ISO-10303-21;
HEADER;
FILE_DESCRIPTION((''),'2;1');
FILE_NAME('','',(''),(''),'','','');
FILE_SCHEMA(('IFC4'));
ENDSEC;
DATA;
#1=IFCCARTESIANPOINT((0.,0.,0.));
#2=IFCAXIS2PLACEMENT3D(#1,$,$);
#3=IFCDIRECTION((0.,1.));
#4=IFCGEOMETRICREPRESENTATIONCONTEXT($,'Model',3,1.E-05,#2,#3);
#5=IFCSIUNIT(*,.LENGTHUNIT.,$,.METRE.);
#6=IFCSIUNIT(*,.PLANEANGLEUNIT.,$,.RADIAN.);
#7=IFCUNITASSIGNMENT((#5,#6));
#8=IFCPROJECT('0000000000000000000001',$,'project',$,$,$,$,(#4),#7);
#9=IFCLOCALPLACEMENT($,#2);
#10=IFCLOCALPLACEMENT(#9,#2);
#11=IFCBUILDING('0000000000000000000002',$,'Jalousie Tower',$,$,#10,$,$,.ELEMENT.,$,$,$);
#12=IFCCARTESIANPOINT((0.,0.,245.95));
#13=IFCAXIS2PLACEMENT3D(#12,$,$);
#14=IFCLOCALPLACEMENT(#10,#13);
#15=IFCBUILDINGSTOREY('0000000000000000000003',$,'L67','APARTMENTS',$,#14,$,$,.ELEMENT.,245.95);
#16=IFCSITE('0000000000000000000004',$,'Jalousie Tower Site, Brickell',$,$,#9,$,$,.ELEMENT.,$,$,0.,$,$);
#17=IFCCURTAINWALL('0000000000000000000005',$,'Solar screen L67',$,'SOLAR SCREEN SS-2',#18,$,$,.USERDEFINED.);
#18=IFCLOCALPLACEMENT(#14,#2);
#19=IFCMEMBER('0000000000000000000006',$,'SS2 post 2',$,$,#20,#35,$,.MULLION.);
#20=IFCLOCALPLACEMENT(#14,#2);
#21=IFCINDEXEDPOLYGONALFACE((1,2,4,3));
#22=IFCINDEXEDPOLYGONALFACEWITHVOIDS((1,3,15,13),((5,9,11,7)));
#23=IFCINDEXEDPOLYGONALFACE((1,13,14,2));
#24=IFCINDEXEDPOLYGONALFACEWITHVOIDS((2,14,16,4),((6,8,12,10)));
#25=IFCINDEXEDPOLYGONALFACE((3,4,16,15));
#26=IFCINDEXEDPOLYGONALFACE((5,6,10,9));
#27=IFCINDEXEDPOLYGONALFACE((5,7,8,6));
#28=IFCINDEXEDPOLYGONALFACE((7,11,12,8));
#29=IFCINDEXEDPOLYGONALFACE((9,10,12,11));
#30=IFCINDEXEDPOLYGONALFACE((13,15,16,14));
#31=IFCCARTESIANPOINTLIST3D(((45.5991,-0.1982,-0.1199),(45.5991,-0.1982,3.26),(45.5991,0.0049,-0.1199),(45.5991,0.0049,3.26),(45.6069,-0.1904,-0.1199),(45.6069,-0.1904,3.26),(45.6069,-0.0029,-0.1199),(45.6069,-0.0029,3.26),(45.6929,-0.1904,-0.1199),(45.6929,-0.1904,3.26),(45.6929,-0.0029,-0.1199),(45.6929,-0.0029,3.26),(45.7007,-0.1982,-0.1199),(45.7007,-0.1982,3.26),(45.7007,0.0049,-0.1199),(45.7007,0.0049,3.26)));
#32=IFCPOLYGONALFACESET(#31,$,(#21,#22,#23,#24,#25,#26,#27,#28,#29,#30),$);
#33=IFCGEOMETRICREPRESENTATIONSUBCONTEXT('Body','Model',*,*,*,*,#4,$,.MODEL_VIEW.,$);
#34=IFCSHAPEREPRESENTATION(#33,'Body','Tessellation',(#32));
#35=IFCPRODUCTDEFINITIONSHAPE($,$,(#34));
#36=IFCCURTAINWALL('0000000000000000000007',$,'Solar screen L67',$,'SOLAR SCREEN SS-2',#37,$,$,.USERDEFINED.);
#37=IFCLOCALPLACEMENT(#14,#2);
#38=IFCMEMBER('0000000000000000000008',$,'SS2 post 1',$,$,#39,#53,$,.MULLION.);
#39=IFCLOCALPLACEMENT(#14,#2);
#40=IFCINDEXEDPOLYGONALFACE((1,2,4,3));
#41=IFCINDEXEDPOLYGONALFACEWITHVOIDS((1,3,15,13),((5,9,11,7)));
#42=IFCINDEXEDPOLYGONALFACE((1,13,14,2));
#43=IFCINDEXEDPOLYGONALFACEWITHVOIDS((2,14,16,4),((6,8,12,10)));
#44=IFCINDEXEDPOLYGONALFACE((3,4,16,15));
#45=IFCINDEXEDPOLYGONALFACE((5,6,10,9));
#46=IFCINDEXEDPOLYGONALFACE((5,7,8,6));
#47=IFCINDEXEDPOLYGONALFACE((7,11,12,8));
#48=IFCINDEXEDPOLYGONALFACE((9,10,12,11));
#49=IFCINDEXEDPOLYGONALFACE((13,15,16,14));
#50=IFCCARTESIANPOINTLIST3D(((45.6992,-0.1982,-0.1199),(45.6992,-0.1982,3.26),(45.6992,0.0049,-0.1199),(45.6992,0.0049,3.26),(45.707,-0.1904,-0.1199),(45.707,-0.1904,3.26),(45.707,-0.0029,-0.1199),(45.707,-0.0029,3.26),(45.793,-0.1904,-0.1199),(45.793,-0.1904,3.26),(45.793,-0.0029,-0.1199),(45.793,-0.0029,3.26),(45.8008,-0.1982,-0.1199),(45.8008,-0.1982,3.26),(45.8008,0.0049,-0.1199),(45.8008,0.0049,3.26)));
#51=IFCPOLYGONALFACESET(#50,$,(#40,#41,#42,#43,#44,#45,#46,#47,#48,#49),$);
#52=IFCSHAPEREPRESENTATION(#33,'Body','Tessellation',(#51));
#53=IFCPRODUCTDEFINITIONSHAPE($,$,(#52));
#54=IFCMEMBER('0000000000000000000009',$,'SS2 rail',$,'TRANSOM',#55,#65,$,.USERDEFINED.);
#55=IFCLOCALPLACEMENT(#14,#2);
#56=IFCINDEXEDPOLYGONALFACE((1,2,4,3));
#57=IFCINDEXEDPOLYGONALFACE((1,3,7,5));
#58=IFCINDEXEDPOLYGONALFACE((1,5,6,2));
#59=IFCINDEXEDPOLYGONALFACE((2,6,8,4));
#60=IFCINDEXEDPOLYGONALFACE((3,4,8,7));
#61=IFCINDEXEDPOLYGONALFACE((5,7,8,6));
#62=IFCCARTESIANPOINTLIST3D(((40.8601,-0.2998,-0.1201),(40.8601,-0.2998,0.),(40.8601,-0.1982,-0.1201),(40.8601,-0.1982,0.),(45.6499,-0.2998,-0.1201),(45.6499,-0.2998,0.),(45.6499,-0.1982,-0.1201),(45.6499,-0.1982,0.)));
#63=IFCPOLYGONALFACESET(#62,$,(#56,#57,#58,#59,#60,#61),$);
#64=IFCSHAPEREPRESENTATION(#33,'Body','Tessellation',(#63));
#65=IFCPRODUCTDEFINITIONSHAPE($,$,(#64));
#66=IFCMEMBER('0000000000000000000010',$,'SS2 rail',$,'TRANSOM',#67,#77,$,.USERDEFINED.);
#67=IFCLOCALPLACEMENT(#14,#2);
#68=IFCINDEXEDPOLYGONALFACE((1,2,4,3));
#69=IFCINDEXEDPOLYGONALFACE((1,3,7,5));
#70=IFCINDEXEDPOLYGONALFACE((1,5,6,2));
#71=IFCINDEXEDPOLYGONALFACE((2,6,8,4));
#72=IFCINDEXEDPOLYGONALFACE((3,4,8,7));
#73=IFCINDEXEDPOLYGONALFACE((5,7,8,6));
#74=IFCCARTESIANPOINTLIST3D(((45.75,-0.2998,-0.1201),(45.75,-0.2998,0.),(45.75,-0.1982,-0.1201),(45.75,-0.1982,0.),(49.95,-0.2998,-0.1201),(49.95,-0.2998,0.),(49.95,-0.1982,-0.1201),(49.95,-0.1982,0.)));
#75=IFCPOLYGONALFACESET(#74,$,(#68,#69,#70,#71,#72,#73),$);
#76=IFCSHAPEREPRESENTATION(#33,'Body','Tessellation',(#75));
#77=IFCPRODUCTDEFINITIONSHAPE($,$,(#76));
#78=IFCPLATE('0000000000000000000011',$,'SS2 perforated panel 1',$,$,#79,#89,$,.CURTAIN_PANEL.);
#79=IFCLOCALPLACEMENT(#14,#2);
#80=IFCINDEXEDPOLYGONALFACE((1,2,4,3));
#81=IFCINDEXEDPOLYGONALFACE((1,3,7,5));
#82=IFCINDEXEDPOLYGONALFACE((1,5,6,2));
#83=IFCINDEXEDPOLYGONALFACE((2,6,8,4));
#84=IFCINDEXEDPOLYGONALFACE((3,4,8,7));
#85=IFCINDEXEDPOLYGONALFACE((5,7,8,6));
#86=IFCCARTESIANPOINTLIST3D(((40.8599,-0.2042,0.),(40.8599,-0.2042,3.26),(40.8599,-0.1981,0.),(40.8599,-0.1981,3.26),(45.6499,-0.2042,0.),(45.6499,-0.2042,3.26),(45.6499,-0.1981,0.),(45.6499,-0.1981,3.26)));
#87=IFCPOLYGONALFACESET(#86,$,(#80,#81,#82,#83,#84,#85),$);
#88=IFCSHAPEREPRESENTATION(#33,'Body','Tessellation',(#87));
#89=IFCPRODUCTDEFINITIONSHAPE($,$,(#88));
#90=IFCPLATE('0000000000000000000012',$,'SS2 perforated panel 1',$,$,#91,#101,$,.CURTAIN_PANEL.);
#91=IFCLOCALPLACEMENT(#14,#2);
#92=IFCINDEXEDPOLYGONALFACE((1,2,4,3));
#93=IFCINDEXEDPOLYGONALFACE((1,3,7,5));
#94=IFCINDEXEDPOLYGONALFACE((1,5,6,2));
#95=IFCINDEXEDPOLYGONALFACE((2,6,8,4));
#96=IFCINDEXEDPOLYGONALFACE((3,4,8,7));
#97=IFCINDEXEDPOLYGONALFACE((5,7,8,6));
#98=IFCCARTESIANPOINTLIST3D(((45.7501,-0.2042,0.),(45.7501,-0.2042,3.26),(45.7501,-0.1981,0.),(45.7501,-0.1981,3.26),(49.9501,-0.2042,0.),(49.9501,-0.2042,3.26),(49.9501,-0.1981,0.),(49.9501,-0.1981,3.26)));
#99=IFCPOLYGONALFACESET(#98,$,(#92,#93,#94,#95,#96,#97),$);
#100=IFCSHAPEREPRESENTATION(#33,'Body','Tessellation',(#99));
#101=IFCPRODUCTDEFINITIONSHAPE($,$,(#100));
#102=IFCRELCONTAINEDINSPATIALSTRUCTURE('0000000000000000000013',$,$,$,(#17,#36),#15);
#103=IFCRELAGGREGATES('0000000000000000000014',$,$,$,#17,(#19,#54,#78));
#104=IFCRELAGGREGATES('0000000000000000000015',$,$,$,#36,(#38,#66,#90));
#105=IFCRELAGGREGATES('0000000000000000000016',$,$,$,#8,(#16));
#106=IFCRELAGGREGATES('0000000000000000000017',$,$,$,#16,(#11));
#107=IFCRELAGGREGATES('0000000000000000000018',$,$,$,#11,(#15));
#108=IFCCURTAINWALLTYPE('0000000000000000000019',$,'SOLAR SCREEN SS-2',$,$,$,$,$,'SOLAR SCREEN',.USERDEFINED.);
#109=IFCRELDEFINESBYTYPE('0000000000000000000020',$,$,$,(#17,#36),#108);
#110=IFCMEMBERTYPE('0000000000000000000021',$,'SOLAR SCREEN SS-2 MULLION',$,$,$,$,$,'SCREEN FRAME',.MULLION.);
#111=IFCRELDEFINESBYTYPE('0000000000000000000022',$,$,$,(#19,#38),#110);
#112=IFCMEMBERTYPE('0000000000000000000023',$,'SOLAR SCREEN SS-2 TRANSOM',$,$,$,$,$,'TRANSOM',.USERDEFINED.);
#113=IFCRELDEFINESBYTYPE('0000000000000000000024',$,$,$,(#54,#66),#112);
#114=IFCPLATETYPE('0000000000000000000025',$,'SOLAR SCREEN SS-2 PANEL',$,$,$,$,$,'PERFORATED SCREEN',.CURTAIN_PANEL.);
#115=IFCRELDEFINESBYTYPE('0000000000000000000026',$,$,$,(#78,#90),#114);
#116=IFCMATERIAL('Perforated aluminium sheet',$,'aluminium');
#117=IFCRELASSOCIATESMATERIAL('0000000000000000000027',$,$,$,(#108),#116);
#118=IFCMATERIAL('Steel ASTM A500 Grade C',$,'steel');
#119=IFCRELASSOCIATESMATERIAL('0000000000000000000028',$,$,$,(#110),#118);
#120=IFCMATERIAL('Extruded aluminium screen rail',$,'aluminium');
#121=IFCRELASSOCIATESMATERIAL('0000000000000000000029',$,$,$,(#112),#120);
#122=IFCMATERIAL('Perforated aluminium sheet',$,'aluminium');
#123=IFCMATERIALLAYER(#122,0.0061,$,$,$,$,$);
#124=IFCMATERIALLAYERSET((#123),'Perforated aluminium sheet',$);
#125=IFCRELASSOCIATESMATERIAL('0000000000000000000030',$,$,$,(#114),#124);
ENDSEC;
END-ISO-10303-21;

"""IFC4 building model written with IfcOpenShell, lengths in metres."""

from ifc_helpers import new_model, si_unit, direction, frame, origin, origin_2d, place, context, subcontext, project, spatial, rectangle, hollow_rectangle, extrude, material, layer, layer_set, material_profile, profile_set, type_object, element, aggregate, save


model = new_model("IFC4")

# Units and contexts
model_context = context("Model", 3, precision=1e-05, world=origin(), true_north=direction((0.0, 1.0)))
body_context = subcontext(model_context, "Body", "Model", "MODEL_VIEW")
ifc_project = project(units=[si_unit("LENGTHUNIT", "METRE"), si_unit("PLANEANGLEUNIT", "RADIAN")], contexts=[model_context])

# Site, building, storey
site_placement = place(None, origin())
site = spatial("IfcSite", under=ifc_project, at=site_placement, Name="Jalousie Tower Site, Brickell", CompositionType="ELEMENT", RefElevation=0.0)
building_placement = place(site_placement, origin())
building = spatial("IfcBuilding", under=site, at=building_placement, Name="Jalousie Tower", CompositionType="ELEMENT")
storey_placement = place(building_placement, frame((0.0, 0.0, 245.95)))
storey = spatial("IfcBuildingStorey", under=building, at=storey_placement, Name="L67", Description="APARTMENTS", CompositionType="ELEMENT", Elevation=245.95)

# Curtain wall, member
ifc_material_1 = material(Name="Perforated aluminium sheet", Category="aluminium")
curtain_wall_type = type_object("IfcCurtainWallType", Name="SOLAR SCREEN SS-2", ElementType="SOLAR SCREEN", PredefinedType="USERDEFINED", material=ifc_material_1)
curtain_wall_1_placement = place(storey_placement, origin())
curtain_wall_1 = element("IfcCurtainWall", 1, at=curtain_wall_1_placement, inside=storey, type_object=curtain_wall_type, Name="Solar screen L67", ObjectType="SOLAR SCREEN SS-2", PredefinedType="USERDEFINED")
ifc_material_2 = material(Name="Steel ASTM A500 Grade C", Category="steel")
ifc_material_profile_1 = material_profile(ifc_material_2, hollow_rectangle(XDim=0.1016, YDim=0.2031, WallThickness=0.0078, at=origin_2d()), Name="HSS8X4X5/16")
ifc_profile_set_1 = profile_set([ifc_material_profile_1], Name="Steel ASTM A500 Grade C")
member_type_1 = type_object("IfcMemberType", Name="SOLAR SCREEN SS-2 MULLION", ElementType="SCREEN FRAME", PredefinedType="MULLION", material=ifc_profile_set_1)
member_1_placement = place(storey_placement, frame((45.6499, -0.0967, -0.1199), z_axis=(0.0, 0.0, 1.0), x_axis=(1.0, 0.0, 0.0)))
member_1 = element("IfcMember", 2, at=member_1_placement, type_object=member_type_1, Name="SS2 post 2", PredefinedType="MULLION", context=body_context, shape_type="SweptSolid", body=[
    extrude(hollow_rectangle(XDim=0.1016, YDim=0.2031, WallThickness=0.0078, at=origin_2d()), origin(), (0.0, 0.0, 1.0), 3.3799),
])

# Curtain wall, member
curtain_wall_2_placement = place(storey_placement, origin())
curtain_wall_2 = element("IfcCurtainWall", 3, at=curtain_wall_2_placement, inside=storey, type_object=curtain_wall_type, Name="Solar screen L67", ObjectType="SOLAR SCREEN SS-2", PredefinedType="USERDEFINED")
member_2_placement = place(storey_placement, frame((45.75, -0.0967, -0.1199), z_axis=(0.0, 0.0, 1.0), x_axis=(1.0, 0.0, 0.0)))
member_2 = element("IfcMember", 4, at=member_2_placement, type_object=member_type_1, Name="SS2 post 1", PredefinedType="MULLION", context=body_context, shape_type="SweptSolid", body=[
    extrude(hollow_rectangle(XDim=0.1016, YDim=0.2031, WallThickness=0.0078, at=origin_2d()), origin(), (0.0, 0.0, 1.0), 3.3799),
])

# Members
ifc_material_3 = material(Name="Extruded aluminium screen rail", Category="aluminium")
ifc_material_profile_2 = material_profile(ifc_material_3, rectangle(XDim=0.1016, YDim=0.1201, at=origin_2d()), Name="RAIL 102x120")
ifc_profile_set_2 = profile_set([ifc_material_profile_2], Name="Extruded aluminium screen rail")
member_type_2 = type_object("IfcMemberType", Name="SOLAR SCREEN SS-2 TRANSOM", ElementType="TRANSOM", PredefinedType="USERDEFINED", material=ifc_profile_set_2)
member_3_placement = place(storey_placement, frame((40.8601, -0.249, -0.0601), z_axis=(1.0, 0.0, 0.0), x_axis=(0.0, 1.0, 0.0)))
member_3 = element("IfcMember", 5, at=member_3_placement, type_object=member_type_2, Name="SS2 rail", ObjectType="TRANSOM", PredefinedType="USERDEFINED", context=body_context, shape_type="SweptSolid", body=[
    extrude(rectangle(XDim=0.1016, YDim=0.1201, at=origin_2d()), origin(), (0.0, 0.0, 1.0), 4.7898),
])
member_4_placement = place(storey_placement, frame((45.75, -0.249, -0.0601), z_axis=(1.0, 0.0, 0.0), x_axis=(0.0, 1.0, 0.0)))
member_4 = element("IfcMember", 6, at=member_4_placement, type_object=member_type_2, Name="SS2 rail", ObjectType="TRANSOM", PredefinedType="USERDEFINED", context=body_context, shape_type="SweptSolid", body=[
    extrude(rectangle(XDim=0.1016, YDim=0.1201, at=origin_2d()), origin(), (0.0, 0.0, 1.0), 4.2),
])

# Plates
ifc_material_4 = material(Name="Perforated aluminium sheet", Category="aluminium")
ifc_layer = layer(ifc_material_4, 0.0061)
ifc_layer_set = layer_set([ifc_layer], Name="Perforated aluminium sheet")
plate_type = type_object("IfcPlateType", Name="SOLAR SCREEN SS-2 PANEL", ElementType="PERFORATED SCREEN", PredefinedType="CURTAIN_PANEL", material=ifc_layer_set)
plate_1_placement = place(storey_placement, frame((43.2549, -0.2012, 0.0), z_axis=(0.0, 0.0, 1.0), x_axis=(1.0, 0.0, 0.0)))
plate_1 = element("IfcPlate", 7, at=plate_1_placement, type_object=plate_type, Name="SS2 perforated panel 1", PredefinedType="CURTAIN_PANEL", context=body_context, shape_type="SweptSolid", body=[
    extrude(rectangle(XDim=4.79, YDim=0.0061, at=origin_2d()), origin(), (0.0, 0.0, 1.0), 3.26),
])
aggregate(curtain_wall_1, [member_1, member_3, plate_1])
plate_2_placement = place(storey_placement, frame((47.8501, -0.2012, 0.0), z_axis=(0.0, 0.0, 1.0), x_axis=(1.0, 0.0, 0.0)))
plate_2 = element("IfcPlate", 8, at=plate_2_placement, type_object=plate_type, Name="SS2 perforated panel 1", PredefinedType="CURTAIN_PANEL", context=body_context, shape_type="SweptSolid", body=[
    extrude(rectangle(XDim=4.2, YDim=0.0061, at=origin_2d()), origin(), (0.0, 0.0, 1.0), 3.26),
])
aggregate(curtain_wall_2, [member_2, member_4, plate_2])

save(model, "model.ifc")
